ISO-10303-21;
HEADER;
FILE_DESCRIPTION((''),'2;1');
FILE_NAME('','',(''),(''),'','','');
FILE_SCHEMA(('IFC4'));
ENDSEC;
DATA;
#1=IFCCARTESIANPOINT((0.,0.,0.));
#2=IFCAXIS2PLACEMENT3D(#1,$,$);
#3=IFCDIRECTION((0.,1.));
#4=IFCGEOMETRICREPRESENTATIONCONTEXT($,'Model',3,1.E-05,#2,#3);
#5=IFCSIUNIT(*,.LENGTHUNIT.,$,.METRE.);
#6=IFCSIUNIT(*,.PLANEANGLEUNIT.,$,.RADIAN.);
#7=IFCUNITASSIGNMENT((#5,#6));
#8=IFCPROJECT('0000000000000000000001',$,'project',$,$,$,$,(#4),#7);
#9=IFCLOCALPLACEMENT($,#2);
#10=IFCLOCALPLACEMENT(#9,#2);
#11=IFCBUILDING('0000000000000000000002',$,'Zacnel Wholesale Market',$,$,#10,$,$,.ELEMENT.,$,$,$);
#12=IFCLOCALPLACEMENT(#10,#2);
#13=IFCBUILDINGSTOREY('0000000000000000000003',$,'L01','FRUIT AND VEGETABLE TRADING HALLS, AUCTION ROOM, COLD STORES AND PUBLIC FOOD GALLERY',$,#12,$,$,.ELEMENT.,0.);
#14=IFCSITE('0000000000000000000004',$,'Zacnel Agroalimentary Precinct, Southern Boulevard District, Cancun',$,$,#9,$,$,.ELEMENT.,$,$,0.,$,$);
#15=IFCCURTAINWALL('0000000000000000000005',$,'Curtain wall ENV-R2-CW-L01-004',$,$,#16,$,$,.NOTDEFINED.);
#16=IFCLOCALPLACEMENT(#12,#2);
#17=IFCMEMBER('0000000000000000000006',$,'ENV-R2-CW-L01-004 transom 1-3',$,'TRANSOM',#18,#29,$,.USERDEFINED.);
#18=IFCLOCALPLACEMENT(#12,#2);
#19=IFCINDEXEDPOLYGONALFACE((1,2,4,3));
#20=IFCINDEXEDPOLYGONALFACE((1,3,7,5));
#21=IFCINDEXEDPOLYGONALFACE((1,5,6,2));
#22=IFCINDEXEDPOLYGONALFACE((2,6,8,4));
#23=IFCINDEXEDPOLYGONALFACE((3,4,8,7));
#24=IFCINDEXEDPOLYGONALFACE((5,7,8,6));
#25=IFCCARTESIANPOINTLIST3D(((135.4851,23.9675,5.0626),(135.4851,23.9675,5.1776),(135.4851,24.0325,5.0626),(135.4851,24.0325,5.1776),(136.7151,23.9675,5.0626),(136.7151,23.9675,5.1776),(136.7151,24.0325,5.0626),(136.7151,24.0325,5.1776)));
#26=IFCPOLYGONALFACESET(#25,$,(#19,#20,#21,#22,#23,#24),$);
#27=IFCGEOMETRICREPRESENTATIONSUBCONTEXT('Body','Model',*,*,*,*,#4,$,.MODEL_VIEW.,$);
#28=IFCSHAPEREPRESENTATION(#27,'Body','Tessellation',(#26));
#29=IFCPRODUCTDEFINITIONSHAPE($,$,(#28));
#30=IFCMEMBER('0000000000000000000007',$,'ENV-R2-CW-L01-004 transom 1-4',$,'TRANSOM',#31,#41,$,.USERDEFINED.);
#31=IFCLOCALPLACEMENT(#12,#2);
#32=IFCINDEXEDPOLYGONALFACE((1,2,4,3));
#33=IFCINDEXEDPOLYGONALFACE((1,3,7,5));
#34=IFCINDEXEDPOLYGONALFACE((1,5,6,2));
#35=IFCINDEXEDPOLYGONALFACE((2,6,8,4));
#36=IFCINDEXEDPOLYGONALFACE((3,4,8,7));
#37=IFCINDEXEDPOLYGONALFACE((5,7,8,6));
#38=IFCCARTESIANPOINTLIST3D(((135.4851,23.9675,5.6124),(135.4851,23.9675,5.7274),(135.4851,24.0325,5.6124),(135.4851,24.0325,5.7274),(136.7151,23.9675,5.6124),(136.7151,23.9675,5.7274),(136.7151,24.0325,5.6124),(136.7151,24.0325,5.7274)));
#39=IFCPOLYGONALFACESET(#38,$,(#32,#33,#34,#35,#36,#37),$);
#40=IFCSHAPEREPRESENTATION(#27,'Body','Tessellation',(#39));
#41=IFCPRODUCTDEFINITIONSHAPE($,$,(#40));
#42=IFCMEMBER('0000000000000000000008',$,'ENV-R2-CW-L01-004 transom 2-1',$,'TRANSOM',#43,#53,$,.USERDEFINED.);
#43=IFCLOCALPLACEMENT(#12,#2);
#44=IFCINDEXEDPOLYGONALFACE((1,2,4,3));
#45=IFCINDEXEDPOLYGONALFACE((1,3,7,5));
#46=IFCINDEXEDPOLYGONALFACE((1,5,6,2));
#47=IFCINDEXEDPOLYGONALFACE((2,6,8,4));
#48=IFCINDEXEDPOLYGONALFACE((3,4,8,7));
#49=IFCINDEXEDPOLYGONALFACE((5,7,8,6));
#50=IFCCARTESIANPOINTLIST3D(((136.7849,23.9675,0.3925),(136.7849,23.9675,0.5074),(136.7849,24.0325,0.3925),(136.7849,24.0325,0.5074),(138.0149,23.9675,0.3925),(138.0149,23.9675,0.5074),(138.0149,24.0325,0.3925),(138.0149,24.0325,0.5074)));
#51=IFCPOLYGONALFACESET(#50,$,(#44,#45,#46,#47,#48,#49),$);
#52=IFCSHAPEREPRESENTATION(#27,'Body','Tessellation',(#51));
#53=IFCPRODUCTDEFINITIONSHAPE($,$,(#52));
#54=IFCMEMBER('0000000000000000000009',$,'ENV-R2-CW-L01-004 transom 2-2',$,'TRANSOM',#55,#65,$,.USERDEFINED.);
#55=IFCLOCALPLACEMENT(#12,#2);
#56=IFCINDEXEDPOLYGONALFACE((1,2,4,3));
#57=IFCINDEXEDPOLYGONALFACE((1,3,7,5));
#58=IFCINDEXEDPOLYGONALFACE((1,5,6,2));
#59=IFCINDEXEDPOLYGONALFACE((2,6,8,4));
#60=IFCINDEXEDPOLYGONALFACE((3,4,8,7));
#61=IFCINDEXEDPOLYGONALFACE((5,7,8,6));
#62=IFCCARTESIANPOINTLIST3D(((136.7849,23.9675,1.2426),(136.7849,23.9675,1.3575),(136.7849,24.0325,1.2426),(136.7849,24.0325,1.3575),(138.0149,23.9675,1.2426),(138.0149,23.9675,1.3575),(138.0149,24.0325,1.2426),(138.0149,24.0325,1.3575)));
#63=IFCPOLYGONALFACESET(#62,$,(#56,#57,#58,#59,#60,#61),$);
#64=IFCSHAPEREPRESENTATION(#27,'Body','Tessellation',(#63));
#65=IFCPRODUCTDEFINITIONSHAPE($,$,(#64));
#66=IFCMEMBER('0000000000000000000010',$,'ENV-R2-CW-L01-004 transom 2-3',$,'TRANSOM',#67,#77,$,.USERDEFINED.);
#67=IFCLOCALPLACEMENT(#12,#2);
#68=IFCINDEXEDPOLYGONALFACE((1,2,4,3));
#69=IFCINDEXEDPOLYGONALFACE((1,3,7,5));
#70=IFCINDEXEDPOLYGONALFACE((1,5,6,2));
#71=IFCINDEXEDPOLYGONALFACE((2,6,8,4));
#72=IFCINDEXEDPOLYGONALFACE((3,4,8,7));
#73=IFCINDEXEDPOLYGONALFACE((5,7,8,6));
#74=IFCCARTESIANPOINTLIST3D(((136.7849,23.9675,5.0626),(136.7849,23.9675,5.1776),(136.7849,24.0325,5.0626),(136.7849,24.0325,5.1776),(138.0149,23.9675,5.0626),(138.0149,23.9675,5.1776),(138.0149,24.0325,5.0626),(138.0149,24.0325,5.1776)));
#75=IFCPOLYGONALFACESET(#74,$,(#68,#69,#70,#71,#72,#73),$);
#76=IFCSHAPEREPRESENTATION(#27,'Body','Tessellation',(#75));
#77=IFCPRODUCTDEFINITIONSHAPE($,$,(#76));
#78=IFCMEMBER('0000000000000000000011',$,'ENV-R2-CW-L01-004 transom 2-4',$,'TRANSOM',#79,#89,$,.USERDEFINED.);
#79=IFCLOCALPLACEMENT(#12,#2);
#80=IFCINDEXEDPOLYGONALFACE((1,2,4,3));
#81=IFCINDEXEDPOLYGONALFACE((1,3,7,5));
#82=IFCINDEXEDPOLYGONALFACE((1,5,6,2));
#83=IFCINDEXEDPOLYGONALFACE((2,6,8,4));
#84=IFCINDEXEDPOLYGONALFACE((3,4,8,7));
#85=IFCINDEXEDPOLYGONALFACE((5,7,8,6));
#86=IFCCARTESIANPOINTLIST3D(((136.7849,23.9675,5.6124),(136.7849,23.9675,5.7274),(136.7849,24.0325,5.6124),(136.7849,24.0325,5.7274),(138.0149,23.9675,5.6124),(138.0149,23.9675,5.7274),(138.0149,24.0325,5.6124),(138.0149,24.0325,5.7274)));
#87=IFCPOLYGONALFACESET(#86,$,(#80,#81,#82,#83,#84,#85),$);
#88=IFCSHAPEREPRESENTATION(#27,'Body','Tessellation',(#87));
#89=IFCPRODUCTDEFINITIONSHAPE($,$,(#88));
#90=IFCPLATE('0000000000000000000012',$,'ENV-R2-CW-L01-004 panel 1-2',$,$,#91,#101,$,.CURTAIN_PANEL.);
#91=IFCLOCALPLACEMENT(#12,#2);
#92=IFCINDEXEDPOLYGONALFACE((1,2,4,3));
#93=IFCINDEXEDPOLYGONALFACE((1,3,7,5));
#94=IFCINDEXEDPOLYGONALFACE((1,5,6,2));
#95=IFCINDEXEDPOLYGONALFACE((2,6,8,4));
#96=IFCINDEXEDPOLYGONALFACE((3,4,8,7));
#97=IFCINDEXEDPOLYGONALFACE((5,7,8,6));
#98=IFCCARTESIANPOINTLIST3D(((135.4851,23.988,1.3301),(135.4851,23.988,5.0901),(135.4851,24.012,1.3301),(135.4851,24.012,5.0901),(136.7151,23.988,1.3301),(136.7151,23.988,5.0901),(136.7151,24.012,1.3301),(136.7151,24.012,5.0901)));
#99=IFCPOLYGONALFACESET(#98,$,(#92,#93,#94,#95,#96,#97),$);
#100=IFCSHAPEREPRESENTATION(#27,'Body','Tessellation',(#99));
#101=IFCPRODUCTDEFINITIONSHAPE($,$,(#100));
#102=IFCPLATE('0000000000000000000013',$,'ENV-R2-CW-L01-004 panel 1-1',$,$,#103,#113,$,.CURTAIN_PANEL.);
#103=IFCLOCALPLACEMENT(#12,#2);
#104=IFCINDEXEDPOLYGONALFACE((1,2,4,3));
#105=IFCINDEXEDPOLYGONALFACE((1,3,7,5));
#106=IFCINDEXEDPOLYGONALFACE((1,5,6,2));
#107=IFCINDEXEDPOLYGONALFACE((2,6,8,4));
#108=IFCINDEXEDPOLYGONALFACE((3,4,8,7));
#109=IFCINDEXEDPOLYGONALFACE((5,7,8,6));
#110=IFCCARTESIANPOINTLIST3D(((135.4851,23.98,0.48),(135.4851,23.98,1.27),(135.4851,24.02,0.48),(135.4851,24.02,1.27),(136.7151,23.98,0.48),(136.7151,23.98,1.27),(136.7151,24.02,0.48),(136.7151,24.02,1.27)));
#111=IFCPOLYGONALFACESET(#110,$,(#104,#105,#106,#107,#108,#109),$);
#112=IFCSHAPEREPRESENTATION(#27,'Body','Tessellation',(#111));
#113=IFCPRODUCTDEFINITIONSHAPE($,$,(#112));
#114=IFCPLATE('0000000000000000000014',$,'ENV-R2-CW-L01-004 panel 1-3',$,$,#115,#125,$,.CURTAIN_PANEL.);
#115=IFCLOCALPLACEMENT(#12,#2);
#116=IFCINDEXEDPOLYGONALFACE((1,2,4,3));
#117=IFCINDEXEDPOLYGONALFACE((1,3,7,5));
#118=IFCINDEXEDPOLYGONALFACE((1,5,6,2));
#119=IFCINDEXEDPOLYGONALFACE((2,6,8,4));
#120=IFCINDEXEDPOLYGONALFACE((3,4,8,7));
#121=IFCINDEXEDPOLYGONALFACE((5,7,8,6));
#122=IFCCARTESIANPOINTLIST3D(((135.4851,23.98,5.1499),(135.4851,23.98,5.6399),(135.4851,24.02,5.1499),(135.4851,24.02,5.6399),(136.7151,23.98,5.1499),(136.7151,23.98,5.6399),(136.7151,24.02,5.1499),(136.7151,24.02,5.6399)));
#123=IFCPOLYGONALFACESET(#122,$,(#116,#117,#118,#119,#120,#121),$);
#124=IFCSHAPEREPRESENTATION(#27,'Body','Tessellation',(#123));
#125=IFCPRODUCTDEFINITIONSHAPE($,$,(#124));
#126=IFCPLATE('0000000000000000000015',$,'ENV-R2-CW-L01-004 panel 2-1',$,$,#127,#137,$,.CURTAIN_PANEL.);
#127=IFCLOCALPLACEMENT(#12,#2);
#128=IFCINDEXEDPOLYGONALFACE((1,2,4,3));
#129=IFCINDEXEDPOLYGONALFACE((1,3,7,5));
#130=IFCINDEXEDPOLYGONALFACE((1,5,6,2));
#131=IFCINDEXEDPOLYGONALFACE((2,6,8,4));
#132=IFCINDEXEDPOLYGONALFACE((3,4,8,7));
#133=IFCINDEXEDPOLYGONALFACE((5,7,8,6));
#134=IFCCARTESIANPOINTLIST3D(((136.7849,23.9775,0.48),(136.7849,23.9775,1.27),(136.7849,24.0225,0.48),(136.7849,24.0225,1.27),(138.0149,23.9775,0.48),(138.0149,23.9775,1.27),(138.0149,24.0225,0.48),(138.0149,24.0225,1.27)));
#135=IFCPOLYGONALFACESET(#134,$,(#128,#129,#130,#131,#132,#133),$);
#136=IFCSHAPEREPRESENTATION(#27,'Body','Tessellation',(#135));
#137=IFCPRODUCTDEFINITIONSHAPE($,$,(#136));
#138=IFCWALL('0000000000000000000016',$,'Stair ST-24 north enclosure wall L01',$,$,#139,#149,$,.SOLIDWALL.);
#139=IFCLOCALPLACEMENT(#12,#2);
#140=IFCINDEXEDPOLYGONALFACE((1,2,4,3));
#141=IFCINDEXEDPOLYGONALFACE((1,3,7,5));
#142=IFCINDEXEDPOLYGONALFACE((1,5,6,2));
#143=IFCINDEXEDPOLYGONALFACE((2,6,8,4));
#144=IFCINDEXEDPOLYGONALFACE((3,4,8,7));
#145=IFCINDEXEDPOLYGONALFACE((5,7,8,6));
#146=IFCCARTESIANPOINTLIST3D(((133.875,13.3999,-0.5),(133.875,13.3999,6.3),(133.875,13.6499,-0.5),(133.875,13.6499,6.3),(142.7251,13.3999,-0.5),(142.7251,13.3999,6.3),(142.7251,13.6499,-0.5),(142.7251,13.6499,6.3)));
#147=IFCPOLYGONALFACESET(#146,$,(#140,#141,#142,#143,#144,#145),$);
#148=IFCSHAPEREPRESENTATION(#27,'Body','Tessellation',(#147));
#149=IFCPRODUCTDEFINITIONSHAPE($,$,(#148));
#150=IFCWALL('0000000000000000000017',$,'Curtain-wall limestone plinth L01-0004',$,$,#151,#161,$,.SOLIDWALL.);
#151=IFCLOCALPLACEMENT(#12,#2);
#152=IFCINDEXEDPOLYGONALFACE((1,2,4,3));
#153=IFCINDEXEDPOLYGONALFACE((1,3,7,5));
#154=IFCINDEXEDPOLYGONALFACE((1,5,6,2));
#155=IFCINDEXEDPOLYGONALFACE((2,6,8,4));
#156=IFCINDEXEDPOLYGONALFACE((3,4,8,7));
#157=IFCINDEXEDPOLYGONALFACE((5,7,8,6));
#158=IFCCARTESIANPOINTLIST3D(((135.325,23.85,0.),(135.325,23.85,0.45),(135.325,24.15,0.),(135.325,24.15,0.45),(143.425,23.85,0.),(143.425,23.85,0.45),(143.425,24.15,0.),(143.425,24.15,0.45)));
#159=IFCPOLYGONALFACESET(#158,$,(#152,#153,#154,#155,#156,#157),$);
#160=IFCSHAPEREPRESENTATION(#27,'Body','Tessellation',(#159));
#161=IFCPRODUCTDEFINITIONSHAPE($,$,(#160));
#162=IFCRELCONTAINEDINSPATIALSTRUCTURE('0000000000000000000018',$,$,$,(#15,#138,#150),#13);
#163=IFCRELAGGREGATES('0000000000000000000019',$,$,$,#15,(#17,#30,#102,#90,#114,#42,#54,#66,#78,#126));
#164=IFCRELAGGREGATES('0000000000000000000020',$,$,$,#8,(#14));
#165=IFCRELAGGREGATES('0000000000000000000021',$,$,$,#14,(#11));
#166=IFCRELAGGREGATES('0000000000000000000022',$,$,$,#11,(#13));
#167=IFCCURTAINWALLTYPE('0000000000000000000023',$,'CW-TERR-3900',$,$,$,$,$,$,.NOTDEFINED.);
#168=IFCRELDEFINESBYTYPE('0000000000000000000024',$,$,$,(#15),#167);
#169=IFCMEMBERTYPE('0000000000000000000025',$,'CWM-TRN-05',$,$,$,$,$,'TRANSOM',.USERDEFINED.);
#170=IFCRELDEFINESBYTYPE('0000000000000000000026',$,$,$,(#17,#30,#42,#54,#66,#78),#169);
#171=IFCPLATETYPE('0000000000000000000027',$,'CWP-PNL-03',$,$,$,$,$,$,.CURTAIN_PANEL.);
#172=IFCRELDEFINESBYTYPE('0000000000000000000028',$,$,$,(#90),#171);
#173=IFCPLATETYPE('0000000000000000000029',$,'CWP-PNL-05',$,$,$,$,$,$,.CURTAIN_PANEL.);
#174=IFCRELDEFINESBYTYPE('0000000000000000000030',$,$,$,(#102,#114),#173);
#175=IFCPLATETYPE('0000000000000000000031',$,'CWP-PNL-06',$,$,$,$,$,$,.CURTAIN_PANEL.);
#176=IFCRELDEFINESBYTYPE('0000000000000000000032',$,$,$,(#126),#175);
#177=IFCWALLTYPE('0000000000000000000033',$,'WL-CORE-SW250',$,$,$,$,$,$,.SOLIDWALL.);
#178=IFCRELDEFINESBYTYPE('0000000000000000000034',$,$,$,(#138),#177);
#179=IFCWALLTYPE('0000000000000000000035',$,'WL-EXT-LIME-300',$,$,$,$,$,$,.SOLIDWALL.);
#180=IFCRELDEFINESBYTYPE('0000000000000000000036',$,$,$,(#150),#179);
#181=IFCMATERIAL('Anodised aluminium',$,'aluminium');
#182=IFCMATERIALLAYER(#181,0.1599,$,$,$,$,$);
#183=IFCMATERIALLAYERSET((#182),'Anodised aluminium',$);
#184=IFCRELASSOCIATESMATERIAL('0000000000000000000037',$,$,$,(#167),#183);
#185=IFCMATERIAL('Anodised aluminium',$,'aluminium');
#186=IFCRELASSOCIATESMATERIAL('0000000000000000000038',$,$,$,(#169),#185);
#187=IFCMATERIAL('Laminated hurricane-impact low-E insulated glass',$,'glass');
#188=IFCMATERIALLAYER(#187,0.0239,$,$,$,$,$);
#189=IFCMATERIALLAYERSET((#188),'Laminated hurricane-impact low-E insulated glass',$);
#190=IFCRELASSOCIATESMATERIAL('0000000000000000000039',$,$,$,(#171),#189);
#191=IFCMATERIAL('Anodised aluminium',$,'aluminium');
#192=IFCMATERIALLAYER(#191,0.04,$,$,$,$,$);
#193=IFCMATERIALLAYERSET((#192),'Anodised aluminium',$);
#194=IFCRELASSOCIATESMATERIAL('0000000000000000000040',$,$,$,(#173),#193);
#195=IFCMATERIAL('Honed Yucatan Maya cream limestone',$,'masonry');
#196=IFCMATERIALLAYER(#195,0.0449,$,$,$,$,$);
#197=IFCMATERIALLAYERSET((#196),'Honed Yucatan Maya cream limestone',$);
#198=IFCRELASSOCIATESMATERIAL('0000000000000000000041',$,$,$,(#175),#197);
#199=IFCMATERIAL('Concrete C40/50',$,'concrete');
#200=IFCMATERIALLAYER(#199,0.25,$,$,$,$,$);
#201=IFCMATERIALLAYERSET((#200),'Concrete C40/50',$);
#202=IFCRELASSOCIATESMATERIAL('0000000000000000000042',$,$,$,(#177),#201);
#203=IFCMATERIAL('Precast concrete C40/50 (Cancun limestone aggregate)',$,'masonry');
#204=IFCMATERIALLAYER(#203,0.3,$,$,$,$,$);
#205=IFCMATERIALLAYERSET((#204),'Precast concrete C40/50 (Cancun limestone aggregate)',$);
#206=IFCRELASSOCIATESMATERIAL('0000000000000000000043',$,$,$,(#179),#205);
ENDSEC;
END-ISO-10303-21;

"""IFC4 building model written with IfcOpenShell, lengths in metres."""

from ifc_helpers import new_model, si_unit, direction, frame, frame_2d, origin, origin_2d, place, context, subcontext, project, spatial, rectangle, extrude, material, layer, layer_set, material_profile, profile_set, type_object, element, aggregate, save


model = new_model("IFC4")

# Units and contexts
model_context = context("Model", 3, precision=1e-05, world=origin(), true_north=direction((0.0, 1.0)))
body_context = subcontext(model_context, "Body", "Model", "MODEL_VIEW")
ifc_project = project(units=[si_unit("LENGTHUNIT", "METRE"), si_unit("PLANEANGLEUNIT", "RADIAN")], contexts=[model_context])

# Site, building, storey
site_placement = place(None, origin())
site = spatial("IfcSite", under=ifc_project, at=site_placement, Name="Zacnel Agroalimentary Precinct, Southern Boulevard District, Cancun", CompositionType="ELEMENT", RefElevation=0.0)
building_placement = place(site_placement, origin())
building = spatial("IfcBuilding", under=site, at=building_placement, Name="Zacnel Wholesale Market", CompositionType="ELEMENT")
storey_placement = place(building_placement, origin())
storey = spatial("IfcBuildingStorey", under=building, at=storey_placement, Name="L01", Description="FRUIT AND VEGETABLE TRADING HALLS, AUCTION ROOM, COLD STORES AND PUBLIC FOOD GALLERY", CompositionType="ELEMENT", Elevation=0.0)

# Curtain wall, members, plates
ifc_material_1 = material(Name="Anodised aluminium", Category="aluminium")
ifc_layer_1 = layer(ifc_material_1, 0.1599)
ifc_layer_set_1 = layer_set([ifc_layer_1], Name="Anodised aluminium")
curtain_wall_type = type_object("IfcCurtainWallType", Name="CW-TERR-3900", PredefinedType="NOTDEFINED", material=ifc_layer_set_1)
curtain_wall_placement = place(storey_placement, origin())
curtain_wall = element("IfcCurtainWall", 1, at=curtain_wall_placement, inside=storey, type_object=curtain_wall_type, Name="Curtain wall ENV-R2-CW-L01-004", PredefinedType="NOTDEFINED")
ifc_material_2 = material(Name="Anodised aluminium", Category="aluminium")
ifc_material_profile_1 = material_profile(ifc_material_2, rectangle(XDim=0.0649, YDim=0.115, at=origin_2d()), Name="AW-TRANSOM 65x115")
ifc_profile_set_1 = profile_set([ifc_material_profile_1], Name="Anodised aluminium")
member_type_1 = type_object("IfcMemberType", Name="CWM-TRN-05", ElementType="TRANSOM", PredefinedType="USERDEFINED", material=ifc_profile_set_1)
member_1_placement = place(storey_placement, frame((135.4851, 24.0, 5.1201), z_axis=(1.0, 0.0, 0.0), x_axis=(0.0, 1.0, 0.0)))
member_1 = element("IfcMember", 2, at=member_1_placement, type_object=member_type_1, Name="ENV-R2-CW-L01-004 transom 1-3", ObjectType="TRANSOM", PredefinedType="USERDEFINED", context=body_context, shape_type="SweptSolid", body=[
    extrude(rectangle(XDim=0.0649, YDim=0.115, at=origin_2d()), origin(), (0.0, 0.0, 1.0), 1.23),
])
member_2_placement = place(storey_placement, frame((135.4851, 24.0, 5.6699), z_axis=(1.0, 0.0, 0.0), x_axis=(0.0, 1.0, 0.0)))
member_2 = element("IfcMember", 3, at=member_2_placement, type_object=member_type_1, Name="ENV-R2-CW-L01-004 transom 1-4", ObjectType="TRANSOM", PredefinedType="USERDEFINED", context=body_context, shape_type="SweptSolid", body=[
    extrude(rectangle(XDim=0.0649, YDim=0.115, at=origin_2d()), origin(), (0.0, 0.0, 1.0), 1.23),
])
member_3_placement = place(storey_placement, frame((136.7849, 24.0, 0.45), z_axis=(1.0, 0.0, 0.0), x_axis=(0.0, 1.0, 0.0)))
member_3 = element("IfcMember", 4, at=member_3_placement, type_object=member_type_1, Name="ENV-R2-CW-L01-004 transom 2-1", ObjectType="TRANSOM", PredefinedType="USERDEFINED", context=body_context, shape_type="SweptSolid", body=[
    extrude(rectangle(XDim=0.0649, YDim=0.115, at=origin_2d()), origin(), (0.0, 0.0, 1.0), 1.23),
])
member_4_placement = place(storey_placement, frame((136.7849, 24.0, 1.3), z_axis=(1.0, 0.0, 0.0), x_axis=(0.0, 1.0, 0.0)))
member_4 = element("IfcMember", 5, at=member_4_placement, type_object=member_type_1, Name="ENV-R2-CW-L01-004 transom 2-2", ObjectType="TRANSOM", PredefinedType="USERDEFINED", context=body_context, shape_type="SweptSolid", body=[
    extrude(rectangle(XDim=0.0649, YDim=0.115, at=origin_2d()), origin(), (0.0, 0.0, 1.0), 1.23),
])
member_5_placement = place(storey_placement, frame((136.7849, 24.0, 5.1201), z_axis=(1.0, 0.0, 0.0), x_axis=(0.0, 1.0, 0.0)))
member_5 = element("IfcMember", 6, at=member_5_placement, type_object=member_type_1, Name="ENV-R2-CW-L01-004 transom 2-3", ObjectType="TRANSOM", PredefinedType="USERDEFINED", context=body_context, shape_type="SweptSolid", body=[
    extrude(rectangle(XDim=0.0649, YDim=0.115, at=origin_2d()), origin(), (0.0, 0.0, 1.0), 1.23),
])
member_6_placement = place(storey_placement, frame((136.7849, 24.0, 5.6699), z_axis=(1.0, 0.0, 0.0), x_axis=(0.0, 1.0, 0.0)))
member_6 = element("IfcMember", 7, at=member_6_placement, type_object=member_type_1, Name="ENV-R2-CW-L01-004 transom 2-4", ObjectType="TRANSOM", PredefinedType="USERDEFINED", context=body_context, shape_type="SweptSolid", body=[
    extrude(rectangle(XDim=0.0649, YDim=0.115, at=origin_2d()), origin(), (0.0, 0.0, 1.0), 1.23),
])
ifc_material_3 = material(Name="Laminated hurricane-impact low-E insulated glass", Category="glass")
ifc_layer_2 = layer(ifc_material_3, 0.0239)
ifc_layer_set_2 = layer_set([ifc_layer_2], Name="Laminated hurricane-impact low-E insulated glass")
plate_type_1 = type_object("IfcPlateType", Name="CWP-PNL-03", PredefinedType="CURTAIN_PANEL", material=ifc_layer_set_2)
plate_1_placement = place(storey_placement, frame((136.1001, 24.0, 1.3301), z_axis=(0.0, 0.0, 1.0), x_axis=(1.0, 0.0, 0.0)))
plate_1 = element("IfcPlate", 8, at=plate_1_placement, type_object=plate_type_1, Name="ENV-R2-CW-L01-004 panel 1-2", PredefinedType="CURTAIN_PANEL", context=body_context, shape_type="SweptSolid", body=[
    extrude(rectangle(XDim=1.23, YDim=0.0239, at=origin_2d()), origin(), (0.0, 0.0, 1.0), 3.76),
])
ifc_material_4 = material(Name="Anodised aluminium", Category="aluminium")
ifc_layer_3 = layer(ifc_material_4, 0.04)
ifc_layer_set_3 = layer_set([ifc_layer_3], Name="Anodised aluminium")
plate_type_2 = type_object("IfcPlateType", Name="CWP-PNL-05", PredefinedType="CURTAIN_PANEL", material=ifc_layer_set_3)
plate_2_placement = place(storey_placement, frame((136.1001, 24.0, 0.48), z_axis=(0.0, 0.0, 1.0), x_axis=(1.0, 0.0, 0.0)))
plate_2 = element("IfcPlate", 9, at=plate_2_placement, type_object=plate_type_2, Name="ENV-R2-CW-L01-004 panel 1-1", PredefinedType="CURTAIN_PANEL", context=body_context, shape_type="SweptSolid", body=[
    extrude(rectangle(XDim=1.23, YDim=0.04, at=origin_2d()), origin(), (0.0, 0.0, 1.0), 0.79),
])
plate_3_placement = place(storey_placement, frame((136.1001, 24.0, 5.1499), z_axis=(0.0, 0.0, 1.0), x_axis=(1.0, 0.0, 0.0)))
plate_3 = element("IfcPlate", 10, at=plate_3_placement, type_object=plate_type_2, Name="ENV-R2-CW-L01-004 panel 1-3", PredefinedType="CURTAIN_PANEL", context=body_context, shape_type="SweptSolid", body=[
    extrude(rectangle(XDim=1.23, YDim=0.04, at=origin_2d()), origin(), (0.0, 0.0, 1.0), 0.49),
])
ifc_material_5 = material(Name="Honed Yucatan Maya cream limestone", Category="masonry")
ifc_layer_4 = layer(ifc_material_5, 0.0449)
ifc_layer_set_4 = layer_set([ifc_layer_4], Name="Honed Yucatan Maya cream limestone")
plate_type_3 = type_object("IfcPlateType", Name="CWP-PNL-06", PredefinedType="CURTAIN_PANEL", material=ifc_layer_set_4)
plate_4_placement = place(storey_placement, frame((137.3999, 24.0, 0.48), z_axis=(0.0, 0.0, 1.0), x_axis=(1.0, 0.0, 0.0)))
plate_4 = element("IfcPlate", 11, at=plate_4_placement, type_object=plate_type_3, Name="ENV-R2-CW-L01-004 panel 2-1", PredefinedType="CURTAIN_PANEL", context=body_context, shape_type="SweptSolid", body=[
    extrude(rectangle(XDim=1.23, YDim=0.0449, at=origin_2d()), origin(), (0.0, 0.0, 1.0), 0.79),
])
aggregate(curtain_wall, [member_1, member_2, plate_2, plate_1, plate_3, member_3, member_4, member_5, member_6, plate_4])

# Walls
ifc_material_6 = material(Name="Concrete C40/50", Category="concrete")
ifc_layer_5 = layer(ifc_material_6, 0.25)
ifc_layer_set_5 = layer_set([ifc_layer_5], Name="Concrete C40/50")
wall_type_1 = type_object("IfcWallType", Name="WL-CORE-SW250", PredefinedType="SOLIDWALL", material=ifc_layer_set_5)
wall_1_placement = place(storey_placement, frame((133.875, 13.5249, -0.5), z_axis=(0.0, 0.0, 1.0), x_axis=(1.0, 0.0, 0.0)))
element("IfcWall", 12, at=wall_1_placement, inside=storey, type_object=wall_type_1, Name="Stair ST-24 north enclosure wall L01", PredefinedType="SOLIDWALL", context=body_context, shape_type="SweptSolid", body=[
    extrude(rectangle(XDim=8.8501, YDim=0.25, at=frame_2d((4.425, 0.0))), origin(), (0.0, 0.0, 1.0), 6.8),
])
ifc_material_7 = material(Name="Precast concrete C40/50 (Cancun limestone aggregate)", Category="masonry")
ifc_layer_6 = layer(ifc_material_7, 0.3)
ifc_layer_set_6 = layer_set([ifc_layer_6], Name="Precast concrete C40/50 (Cancun limestone aggregate)")
wall_type_2 = type_object("IfcWallType", Name="WL-EXT-LIME-300", PredefinedType="SOLIDWALL", material=ifc_layer_set_6)
wall_2_placement = place(storey_placement, frame((135.325, 24.0, 0.0), z_axis=(0.0, 0.0, 1.0), x_axis=(1.0, 0.0, 0.0)))
element("IfcWall", 13, at=wall_2_placement, inside=storey, type_object=wall_type_2, Name="Curtain-wall limestone plinth L01-0004", PredefinedType="SOLIDWALL", context=body_context, shape_type="SweptSolid", body=[
    extrude(rectangle(XDim=8.1001, YDim=0.3, at=frame_2d((4.05, 0.0))), origin(), (0.0, 0.0, 1.0), 0.45),
])

save(model, "model.ifc")
